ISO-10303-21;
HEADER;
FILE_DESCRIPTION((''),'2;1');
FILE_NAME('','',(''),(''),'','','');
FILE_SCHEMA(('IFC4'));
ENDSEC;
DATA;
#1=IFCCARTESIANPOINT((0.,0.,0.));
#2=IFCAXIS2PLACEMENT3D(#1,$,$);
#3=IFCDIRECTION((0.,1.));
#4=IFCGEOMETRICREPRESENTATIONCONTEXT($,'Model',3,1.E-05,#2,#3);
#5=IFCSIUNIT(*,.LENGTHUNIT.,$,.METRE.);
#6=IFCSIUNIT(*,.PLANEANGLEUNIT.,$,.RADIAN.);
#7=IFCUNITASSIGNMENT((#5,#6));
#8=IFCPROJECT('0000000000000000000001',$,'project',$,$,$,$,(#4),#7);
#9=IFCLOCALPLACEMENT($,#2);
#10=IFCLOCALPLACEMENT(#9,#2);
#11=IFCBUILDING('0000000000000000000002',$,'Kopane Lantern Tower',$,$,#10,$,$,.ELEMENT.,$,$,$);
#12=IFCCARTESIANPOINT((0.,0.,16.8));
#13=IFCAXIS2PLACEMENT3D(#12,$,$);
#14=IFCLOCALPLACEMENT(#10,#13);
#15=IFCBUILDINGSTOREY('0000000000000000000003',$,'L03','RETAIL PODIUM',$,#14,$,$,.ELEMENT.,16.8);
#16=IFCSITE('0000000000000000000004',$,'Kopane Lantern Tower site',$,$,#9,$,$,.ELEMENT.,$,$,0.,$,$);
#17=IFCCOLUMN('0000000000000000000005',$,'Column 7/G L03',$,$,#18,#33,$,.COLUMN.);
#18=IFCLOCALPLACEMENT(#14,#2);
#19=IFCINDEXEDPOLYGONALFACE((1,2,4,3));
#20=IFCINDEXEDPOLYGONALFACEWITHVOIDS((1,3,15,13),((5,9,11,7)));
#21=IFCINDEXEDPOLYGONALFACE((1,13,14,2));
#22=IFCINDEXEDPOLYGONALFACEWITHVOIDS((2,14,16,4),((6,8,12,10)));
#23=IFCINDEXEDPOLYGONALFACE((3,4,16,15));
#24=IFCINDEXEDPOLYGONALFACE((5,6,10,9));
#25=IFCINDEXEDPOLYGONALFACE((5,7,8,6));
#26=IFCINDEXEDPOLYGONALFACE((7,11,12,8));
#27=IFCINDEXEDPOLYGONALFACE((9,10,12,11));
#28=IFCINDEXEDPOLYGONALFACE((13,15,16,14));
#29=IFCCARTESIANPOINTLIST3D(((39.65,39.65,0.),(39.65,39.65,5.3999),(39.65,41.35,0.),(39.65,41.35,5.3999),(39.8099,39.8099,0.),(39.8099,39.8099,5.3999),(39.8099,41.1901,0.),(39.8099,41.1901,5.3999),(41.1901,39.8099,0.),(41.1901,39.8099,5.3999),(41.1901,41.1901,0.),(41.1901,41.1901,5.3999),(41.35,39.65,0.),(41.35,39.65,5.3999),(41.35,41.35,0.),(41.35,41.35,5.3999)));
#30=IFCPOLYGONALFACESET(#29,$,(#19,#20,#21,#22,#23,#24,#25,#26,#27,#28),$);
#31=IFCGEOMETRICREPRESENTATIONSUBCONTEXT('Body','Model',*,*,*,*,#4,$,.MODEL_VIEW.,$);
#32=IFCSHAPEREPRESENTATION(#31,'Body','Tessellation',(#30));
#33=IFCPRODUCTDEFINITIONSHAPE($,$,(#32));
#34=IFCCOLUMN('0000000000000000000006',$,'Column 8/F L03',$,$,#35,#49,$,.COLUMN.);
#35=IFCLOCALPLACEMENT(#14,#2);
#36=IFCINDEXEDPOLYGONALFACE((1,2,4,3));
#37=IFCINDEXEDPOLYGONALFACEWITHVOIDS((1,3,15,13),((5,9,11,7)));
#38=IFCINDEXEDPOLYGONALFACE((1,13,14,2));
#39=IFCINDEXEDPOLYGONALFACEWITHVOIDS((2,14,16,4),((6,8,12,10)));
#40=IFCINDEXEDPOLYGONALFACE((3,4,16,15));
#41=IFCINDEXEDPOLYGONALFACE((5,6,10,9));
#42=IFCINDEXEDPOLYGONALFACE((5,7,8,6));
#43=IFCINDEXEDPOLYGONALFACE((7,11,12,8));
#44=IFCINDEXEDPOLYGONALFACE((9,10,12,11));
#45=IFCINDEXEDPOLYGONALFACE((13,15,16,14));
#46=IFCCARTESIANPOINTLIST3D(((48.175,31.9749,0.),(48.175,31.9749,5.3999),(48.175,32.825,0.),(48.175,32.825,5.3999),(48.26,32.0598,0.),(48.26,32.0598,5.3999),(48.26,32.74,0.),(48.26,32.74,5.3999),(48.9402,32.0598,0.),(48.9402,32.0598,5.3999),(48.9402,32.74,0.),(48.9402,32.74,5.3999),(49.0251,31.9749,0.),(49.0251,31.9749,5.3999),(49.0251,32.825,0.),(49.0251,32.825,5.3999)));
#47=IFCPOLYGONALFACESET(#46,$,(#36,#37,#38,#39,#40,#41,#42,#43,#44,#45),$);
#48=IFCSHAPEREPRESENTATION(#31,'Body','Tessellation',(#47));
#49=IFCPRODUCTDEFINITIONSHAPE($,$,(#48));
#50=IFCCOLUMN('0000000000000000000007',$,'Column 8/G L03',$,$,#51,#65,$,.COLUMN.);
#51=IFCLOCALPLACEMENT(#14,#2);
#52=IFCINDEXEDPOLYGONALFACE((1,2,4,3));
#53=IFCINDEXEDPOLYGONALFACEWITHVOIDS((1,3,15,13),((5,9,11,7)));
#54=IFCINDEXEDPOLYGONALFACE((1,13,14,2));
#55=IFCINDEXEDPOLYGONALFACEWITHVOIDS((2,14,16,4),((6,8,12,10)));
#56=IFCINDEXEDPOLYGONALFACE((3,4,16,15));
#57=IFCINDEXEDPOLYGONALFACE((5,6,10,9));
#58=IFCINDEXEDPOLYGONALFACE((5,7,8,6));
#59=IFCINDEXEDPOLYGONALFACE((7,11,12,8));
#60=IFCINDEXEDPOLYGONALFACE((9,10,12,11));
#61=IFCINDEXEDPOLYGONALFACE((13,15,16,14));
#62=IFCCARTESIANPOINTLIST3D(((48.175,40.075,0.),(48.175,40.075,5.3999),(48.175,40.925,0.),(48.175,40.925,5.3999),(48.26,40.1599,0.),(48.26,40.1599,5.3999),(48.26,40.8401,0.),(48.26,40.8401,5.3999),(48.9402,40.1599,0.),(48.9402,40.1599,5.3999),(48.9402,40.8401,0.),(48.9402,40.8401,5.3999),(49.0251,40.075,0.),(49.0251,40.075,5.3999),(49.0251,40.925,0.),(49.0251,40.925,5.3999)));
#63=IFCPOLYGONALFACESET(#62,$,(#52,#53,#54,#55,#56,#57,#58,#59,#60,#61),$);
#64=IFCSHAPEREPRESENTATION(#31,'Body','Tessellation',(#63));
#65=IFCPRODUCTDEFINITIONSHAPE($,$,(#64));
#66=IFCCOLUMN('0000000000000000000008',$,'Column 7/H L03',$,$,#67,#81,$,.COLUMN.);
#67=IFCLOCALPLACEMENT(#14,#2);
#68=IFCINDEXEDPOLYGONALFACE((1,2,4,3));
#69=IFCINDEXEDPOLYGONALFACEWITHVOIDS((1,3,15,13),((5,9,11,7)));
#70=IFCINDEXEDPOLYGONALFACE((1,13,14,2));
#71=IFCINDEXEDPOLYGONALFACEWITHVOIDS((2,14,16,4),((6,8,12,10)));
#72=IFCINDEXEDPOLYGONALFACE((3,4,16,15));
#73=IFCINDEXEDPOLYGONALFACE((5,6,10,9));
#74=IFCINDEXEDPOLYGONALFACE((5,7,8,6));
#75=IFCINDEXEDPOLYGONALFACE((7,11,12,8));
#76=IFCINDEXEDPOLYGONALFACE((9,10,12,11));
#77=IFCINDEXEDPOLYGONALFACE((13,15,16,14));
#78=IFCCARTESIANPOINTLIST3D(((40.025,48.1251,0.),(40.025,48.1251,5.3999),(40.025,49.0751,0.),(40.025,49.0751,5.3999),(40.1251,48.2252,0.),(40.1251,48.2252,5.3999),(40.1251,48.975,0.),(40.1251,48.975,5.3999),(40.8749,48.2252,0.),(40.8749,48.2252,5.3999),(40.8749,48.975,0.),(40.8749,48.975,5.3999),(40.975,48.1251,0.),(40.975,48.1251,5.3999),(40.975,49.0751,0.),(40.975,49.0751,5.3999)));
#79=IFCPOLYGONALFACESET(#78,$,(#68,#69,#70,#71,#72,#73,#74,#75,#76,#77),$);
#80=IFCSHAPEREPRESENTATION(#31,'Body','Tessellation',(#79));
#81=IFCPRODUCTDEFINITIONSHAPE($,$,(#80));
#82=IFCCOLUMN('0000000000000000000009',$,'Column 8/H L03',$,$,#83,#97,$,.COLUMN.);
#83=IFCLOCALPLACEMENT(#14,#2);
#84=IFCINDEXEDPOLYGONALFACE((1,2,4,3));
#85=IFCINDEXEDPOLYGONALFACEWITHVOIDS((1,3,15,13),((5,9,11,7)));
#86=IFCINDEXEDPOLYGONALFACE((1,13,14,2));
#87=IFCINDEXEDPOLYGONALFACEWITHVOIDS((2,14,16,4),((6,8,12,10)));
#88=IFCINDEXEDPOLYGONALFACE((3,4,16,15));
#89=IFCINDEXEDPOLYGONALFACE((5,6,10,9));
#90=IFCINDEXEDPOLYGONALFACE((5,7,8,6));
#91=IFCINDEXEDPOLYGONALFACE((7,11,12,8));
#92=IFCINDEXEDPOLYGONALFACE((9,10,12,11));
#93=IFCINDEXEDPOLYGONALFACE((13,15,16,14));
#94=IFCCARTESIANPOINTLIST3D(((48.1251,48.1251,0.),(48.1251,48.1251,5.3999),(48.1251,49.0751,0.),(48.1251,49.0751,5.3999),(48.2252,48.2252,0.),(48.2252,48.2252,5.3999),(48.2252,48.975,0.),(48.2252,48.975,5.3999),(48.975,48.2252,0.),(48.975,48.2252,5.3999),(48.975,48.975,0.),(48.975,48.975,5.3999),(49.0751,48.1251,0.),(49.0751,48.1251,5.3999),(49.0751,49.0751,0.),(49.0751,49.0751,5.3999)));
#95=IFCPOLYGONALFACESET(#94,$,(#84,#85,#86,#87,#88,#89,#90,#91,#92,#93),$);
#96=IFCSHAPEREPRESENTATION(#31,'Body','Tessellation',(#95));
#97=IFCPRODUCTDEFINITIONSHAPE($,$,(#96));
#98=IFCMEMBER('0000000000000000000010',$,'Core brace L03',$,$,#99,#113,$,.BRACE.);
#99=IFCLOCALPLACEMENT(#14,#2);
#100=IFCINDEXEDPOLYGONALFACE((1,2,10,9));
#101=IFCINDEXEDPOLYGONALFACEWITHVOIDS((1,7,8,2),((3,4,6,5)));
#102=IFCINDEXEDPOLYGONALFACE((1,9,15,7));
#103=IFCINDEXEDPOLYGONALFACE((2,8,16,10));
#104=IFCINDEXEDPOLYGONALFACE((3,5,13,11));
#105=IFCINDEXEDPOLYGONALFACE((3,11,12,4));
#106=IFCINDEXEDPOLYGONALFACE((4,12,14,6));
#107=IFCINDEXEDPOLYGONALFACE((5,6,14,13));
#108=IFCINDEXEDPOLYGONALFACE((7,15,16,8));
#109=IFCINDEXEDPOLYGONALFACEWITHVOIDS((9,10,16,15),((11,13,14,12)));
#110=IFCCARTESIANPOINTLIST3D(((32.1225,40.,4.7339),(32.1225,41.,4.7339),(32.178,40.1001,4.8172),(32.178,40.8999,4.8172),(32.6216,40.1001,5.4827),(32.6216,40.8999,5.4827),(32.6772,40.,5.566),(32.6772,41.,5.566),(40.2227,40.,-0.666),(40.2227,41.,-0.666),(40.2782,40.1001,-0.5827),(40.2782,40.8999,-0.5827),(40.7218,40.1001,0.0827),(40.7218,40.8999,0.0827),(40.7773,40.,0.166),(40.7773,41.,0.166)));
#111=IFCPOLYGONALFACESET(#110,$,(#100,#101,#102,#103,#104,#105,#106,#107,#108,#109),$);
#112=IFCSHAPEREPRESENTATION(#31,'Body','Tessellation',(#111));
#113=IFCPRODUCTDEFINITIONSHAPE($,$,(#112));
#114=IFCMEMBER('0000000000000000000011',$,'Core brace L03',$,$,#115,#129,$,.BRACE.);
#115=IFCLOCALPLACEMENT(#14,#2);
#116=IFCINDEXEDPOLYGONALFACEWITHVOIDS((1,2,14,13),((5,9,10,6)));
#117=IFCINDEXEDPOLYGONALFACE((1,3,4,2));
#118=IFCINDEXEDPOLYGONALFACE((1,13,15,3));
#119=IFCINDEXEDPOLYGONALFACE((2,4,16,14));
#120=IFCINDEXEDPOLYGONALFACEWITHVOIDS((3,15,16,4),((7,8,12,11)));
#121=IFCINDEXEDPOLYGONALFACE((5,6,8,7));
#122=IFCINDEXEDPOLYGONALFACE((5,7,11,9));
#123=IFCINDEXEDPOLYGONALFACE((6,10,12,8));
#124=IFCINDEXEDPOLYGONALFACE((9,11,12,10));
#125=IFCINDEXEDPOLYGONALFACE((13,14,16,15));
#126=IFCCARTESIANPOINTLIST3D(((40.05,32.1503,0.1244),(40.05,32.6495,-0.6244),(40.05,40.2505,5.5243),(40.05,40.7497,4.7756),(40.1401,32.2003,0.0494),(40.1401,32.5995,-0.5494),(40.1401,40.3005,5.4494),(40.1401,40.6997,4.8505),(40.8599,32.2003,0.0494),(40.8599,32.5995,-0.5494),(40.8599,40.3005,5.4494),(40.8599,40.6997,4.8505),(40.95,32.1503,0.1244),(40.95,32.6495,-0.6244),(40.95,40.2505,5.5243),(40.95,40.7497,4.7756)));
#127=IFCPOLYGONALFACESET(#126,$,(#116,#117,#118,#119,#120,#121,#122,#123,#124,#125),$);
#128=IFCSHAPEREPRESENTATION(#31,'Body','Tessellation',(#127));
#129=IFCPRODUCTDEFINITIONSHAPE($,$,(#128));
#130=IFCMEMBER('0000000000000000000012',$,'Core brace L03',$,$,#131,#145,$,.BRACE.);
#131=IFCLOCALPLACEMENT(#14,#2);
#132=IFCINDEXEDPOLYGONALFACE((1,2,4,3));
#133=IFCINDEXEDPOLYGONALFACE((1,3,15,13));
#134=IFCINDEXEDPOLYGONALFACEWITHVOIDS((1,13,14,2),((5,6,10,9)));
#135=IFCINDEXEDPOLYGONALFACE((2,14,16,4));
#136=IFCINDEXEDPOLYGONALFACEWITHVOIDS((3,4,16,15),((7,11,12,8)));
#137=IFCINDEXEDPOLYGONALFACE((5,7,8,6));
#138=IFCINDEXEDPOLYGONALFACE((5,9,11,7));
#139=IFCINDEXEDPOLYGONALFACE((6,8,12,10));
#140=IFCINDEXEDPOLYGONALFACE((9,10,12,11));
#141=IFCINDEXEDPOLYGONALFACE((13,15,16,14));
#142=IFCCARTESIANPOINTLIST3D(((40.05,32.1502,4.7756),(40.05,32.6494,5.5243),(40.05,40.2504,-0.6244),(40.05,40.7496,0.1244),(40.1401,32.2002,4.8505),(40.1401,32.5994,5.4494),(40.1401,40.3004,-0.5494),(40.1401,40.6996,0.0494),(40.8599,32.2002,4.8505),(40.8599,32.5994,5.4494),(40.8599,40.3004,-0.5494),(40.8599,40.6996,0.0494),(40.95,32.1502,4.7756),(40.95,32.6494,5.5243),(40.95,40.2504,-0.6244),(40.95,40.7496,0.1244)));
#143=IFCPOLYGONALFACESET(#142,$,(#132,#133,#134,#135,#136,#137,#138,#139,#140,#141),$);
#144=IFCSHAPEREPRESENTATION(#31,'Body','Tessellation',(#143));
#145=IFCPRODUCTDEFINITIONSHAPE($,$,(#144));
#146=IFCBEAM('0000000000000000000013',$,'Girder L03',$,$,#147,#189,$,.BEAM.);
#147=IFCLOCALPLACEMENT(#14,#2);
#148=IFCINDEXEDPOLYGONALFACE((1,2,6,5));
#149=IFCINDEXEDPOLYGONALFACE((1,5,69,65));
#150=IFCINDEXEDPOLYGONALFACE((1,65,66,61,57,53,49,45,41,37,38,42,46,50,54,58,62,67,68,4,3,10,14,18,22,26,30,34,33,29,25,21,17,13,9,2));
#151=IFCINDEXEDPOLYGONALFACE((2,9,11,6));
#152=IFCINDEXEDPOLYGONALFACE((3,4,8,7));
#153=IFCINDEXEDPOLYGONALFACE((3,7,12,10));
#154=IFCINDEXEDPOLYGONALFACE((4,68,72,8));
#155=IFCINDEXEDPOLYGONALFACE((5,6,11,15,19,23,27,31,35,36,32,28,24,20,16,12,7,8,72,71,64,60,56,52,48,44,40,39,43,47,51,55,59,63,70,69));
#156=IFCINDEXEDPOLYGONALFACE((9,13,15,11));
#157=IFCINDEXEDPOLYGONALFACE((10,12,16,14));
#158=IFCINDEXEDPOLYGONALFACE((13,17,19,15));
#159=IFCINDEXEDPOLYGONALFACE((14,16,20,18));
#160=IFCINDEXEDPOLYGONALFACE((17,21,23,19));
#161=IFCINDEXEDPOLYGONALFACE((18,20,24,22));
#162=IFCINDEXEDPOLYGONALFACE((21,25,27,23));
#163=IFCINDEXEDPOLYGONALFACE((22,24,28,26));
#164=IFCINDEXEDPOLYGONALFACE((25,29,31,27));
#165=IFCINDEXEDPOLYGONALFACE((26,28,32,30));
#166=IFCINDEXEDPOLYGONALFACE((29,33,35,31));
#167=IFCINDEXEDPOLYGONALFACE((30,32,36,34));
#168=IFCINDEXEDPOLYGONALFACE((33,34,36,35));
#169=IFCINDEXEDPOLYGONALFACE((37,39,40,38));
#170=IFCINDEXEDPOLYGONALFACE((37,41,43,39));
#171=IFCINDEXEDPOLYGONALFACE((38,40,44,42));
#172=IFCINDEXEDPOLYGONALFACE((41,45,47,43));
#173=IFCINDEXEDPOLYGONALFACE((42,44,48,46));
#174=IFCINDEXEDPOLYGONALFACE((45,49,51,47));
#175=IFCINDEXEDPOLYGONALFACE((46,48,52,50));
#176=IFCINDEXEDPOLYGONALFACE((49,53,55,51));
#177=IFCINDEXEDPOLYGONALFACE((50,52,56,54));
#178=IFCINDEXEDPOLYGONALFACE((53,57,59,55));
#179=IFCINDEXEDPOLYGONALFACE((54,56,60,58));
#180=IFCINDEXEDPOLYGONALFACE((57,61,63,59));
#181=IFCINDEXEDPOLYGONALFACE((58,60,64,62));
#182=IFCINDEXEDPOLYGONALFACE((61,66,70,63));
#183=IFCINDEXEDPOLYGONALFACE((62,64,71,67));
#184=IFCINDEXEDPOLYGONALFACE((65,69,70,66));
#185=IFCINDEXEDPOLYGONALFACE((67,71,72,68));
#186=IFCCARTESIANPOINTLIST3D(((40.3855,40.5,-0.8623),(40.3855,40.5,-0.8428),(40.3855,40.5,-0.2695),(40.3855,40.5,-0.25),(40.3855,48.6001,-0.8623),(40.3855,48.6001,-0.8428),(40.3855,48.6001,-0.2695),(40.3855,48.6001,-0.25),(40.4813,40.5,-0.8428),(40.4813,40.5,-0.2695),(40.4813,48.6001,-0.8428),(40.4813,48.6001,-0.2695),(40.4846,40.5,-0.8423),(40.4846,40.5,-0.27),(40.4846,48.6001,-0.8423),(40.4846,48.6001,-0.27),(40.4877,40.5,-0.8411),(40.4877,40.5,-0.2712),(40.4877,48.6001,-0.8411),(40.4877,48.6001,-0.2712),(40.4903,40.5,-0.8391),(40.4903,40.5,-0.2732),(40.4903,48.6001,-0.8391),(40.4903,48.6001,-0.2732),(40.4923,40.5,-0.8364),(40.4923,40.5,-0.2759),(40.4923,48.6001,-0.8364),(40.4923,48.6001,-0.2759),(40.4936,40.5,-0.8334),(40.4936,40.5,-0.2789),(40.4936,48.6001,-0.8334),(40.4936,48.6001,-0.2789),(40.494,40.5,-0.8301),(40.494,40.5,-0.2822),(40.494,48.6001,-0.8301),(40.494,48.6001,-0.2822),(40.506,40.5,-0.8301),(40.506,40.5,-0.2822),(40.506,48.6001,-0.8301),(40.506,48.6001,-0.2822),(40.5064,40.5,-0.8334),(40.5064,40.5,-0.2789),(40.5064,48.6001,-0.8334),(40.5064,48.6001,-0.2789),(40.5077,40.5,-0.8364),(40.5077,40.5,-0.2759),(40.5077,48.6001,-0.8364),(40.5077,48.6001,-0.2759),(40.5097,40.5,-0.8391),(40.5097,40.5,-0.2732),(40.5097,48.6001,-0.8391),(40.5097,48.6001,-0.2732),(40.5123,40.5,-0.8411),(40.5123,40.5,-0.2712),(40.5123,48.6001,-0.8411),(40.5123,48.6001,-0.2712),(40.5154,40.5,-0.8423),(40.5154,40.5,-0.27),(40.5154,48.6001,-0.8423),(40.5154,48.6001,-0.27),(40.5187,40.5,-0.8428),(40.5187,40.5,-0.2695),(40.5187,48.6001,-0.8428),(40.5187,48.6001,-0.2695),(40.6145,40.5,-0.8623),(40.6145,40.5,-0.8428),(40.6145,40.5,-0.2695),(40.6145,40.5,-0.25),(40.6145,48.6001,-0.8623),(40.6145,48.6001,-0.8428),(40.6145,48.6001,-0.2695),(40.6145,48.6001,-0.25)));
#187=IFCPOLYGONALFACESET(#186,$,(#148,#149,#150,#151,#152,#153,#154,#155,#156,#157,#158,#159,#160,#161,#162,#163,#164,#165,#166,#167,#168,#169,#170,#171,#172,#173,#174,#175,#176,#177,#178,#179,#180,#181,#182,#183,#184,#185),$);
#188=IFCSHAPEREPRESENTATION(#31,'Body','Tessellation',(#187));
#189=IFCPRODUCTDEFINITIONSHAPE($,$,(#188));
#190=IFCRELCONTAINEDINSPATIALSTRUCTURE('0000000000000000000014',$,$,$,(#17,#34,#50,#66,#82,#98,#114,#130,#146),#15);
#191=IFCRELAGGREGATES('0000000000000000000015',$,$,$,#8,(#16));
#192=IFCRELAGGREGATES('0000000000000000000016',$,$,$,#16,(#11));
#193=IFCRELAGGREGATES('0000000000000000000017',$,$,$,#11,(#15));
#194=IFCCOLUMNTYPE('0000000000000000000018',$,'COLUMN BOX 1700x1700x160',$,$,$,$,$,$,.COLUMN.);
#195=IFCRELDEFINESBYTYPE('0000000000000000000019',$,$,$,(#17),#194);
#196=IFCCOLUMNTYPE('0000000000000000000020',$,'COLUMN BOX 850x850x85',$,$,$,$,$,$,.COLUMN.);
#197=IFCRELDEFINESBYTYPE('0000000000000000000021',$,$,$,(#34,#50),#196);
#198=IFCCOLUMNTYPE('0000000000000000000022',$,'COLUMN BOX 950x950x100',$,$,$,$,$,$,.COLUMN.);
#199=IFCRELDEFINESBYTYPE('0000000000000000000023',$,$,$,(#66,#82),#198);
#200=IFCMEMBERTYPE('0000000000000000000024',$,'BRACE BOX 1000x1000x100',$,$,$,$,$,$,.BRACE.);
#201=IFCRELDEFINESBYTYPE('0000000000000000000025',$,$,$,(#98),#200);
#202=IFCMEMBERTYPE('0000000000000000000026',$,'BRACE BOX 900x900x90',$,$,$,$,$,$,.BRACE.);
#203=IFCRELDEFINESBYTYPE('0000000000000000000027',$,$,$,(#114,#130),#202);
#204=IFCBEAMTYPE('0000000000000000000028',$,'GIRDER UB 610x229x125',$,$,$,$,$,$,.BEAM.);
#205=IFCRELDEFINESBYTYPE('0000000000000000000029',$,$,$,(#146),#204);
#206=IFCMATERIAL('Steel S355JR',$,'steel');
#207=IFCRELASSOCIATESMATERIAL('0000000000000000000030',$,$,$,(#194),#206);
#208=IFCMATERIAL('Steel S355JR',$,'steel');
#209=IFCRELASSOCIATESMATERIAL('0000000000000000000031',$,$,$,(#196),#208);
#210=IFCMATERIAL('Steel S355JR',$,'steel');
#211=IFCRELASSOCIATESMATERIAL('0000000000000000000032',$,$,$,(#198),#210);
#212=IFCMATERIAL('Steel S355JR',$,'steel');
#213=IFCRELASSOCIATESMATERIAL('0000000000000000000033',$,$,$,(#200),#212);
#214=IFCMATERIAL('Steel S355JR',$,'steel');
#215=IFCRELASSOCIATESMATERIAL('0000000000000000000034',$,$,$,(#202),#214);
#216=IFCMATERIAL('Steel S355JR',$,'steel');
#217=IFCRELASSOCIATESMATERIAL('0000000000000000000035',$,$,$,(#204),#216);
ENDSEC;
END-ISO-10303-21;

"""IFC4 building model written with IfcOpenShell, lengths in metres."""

from ifc_helpers import new_model, si_unit, direction, frame, origin, origin_2d, place, context, subcontext, project, spatial, hollow_rectangle, i_section, extrude, material, material_profile, profile_set, type_object, element, save


model = new_model("IFC4")

# Units and contexts
model_context = context("Model", 3, precision=1e-05, world=origin(), true_north=direction((0.0, 1.0)))
body_context = subcontext(model_context, "Body", "Model", "MODEL_VIEW")
ifc_project = project(units=[si_unit("LENGTHUNIT", "METRE"), si_unit("PLANEANGLEUNIT", "RADIAN")], contexts=[model_context])

# Site, building, storey
site_placement = place(None, origin())
site = spatial("IfcSite", under=ifc_project, at=site_placement, Name="Kopane Lantern Tower site", CompositionType="ELEMENT", RefElevation=0.0)
building_placement = place(site_placement, origin())
building = spatial("IfcBuilding", under=site, at=building_placement, Name="Kopane Lantern Tower", CompositionType="ELEMENT")
storey_placement = place(building_placement, frame((0.0, 0.0, 16.8)))
storey = spatial("IfcBuildingStorey", under=building, at=storey_placement, Name="L03", Description="RETAIL PODIUM", CompositionType="ELEMENT", Elevation=16.8)

# Columns
ifc_material_1 = material(Name="Steel S355JR", Category="steel")
ifc_material_profile_1 = material_profile(ifc_material_1, hollow_rectangle(XDim=1.7, YDim=1.7, WallThickness=0.1599, at=origin_2d()), Name="BOX 1700x1700x160")
ifc_profile_set_1 = profile_set([ifc_material_profile_1], Name="Steel S355JR")
column_type_1 = type_object("IfcColumnType", Name="COLUMN BOX 1700x1700x160", PredefinedType="COLUMN", material=ifc_profile_set_1)
column_placement = place(storey_placement, frame((40.5, 40.5, 0.0), z_axis=(0.0, 0.0, 1.0), x_axis=(1.0, 0.0, 0.0)))
element("IfcColumn", 1, at=column_placement, inside=storey, type_object=column_type_1, Name="Column 7/G L03", PredefinedType="COLUMN", context=body_context, shape_type="SweptSolid", body=[
    extrude(hollow_rectangle(XDim=1.7, YDim=1.7, WallThickness=0.1599, at=origin_2d()), origin(), (0.0, 0.0, 1.0), 5.3999),
])
ifc_material_2 = material(Name="Steel S355JR", Category="steel")
ifc_material_profile_2 = material_profile(ifc_material_2, hollow_rectangle(XDim=0.8501, YDim=0.8501, WallThickness=0.085, at=origin_2d()), Name="BOX 850x850x85")
ifc_profile_set_2 = profile_set([ifc_material_profile_2], Name="Steel S355JR")
column_type_2 = type_object("IfcColumnType", Name="COLUMN BOX 850x850x85", PredefinedType="COLUMN", material=ifc_profile_set_2)
for number, where, z_axis, x_axis, name in (
    (2, (48.6001, 32.3999, 0.0), (0.0, 0.0, 1.0), (1.0, 0.0, 0.0), "Column 8/F L03"),
    (3, (48.6001, 40.5, 0.0), (0.0, 0.0, 1.0), (1.0, 0.0, 0.0), "Column 8/G L03"),
):
    element("IfcColumn", number, at=place(storey_placement, frame(where, z_axis=z_axis, x_axis=x_axis)), inside=storey, type_object=column_type_2, Name=name, PredefinedType="COLUMN", context=body_context, shape_type="SweptSolid", body=[
        extrude(hollow_rectangle(XDim=0.8501, YDim=0.8501, WallThickness=0.085, at=origin_2d()), origin(), (0.0, 0.0, 1.0), 5.3999),
    ])
ifc_material_3 = material(Name="Steel S355JR", Category="steel")
ifc_material_profile_3 = material_profile(ifc_material_3, hollow_rectangle(XDim=0.95, YDim=0.95, WallThickness=0.1001, at=origin_2d()), Name="BOX 950x950x100")
ifc_profile_set_3 = profile_set([ifc_material_profile_3], Name="Steel S355JR")
column_type_3 = type_object("IfcColumnType", Name="COLUMN BOX 950x950x100", PredefinedType="COLUMN", material=ifc_profile_set_3)
for number, where, z_axis, x_axis, name in (
    (4, (40.5, 48.6001, 0.0), (0.0, 0.0, 1.0), (1.0, 0.0, 0.0), "Column 7/H L03"),
    (5, (48.6001, 48.6001, 0.0), (0.0, 0.0, 1.0), (1.0, 0.0, 0.0), "Column 8/H L03"),
):
    element("IfcColumn", number, at=place(storey_placement, frame(where, z_axis=z_axis, x_axis=x_axis)), inside=storey, type_object=column_type_3, Name=name, PredefinedType="COLUMN", context=body_context, shape_type="SweptSolid", body=[
        extrude(hollow_rectangle(XDim=0.95, YDim=0.95, WallThickness=0.1001, at=origin_2d()), origin(), (0.0, 0.0, 1.0), 5.3999),
    ])

# Members
ifc_material_4 = material(Name="Steel S355JR", Category="steel")
ifc_material_profile_4 = material_profile(ifc_material_4, hollow_rectangle(XDim=1.0, YDim=1.0, WallThickness=0.1001, at=origin_2d()), Name="BOX 1000x1000x100")
ifc_profile_set_4 = profile_set([ifc_material_profile_4], Name="Steel S355JR")
member_type_1 = type_object("IfcMemberType", Name="BRACE BOX 1000x1000x100", PredefinedType="BRACE", material=ifc_profile_set_4)
member_placement = place(storey_placement, frame((40.5, 40.5, -0.25), z_axis=(-0.832058, 0.0, 0.554689), x_axis=(0.0, -1.0, 0.0)))
element("IfcMember", 6, at=member_placement, inside=storey, type_object=member_type_1, Name="Core brace L03", PredefinedType="BRACE", context=body_context, shape_type="SweptSolid", body=[
    extrude(hollow_rectangle(XDim=1.0, YDim=1.0, WallThickness=0.1001, at=origin_2d()), origin(), (0.0, 0.0, 1.0), 9.7351),
])
ifc_material_5 = material(Name="Steel S355JR", Category="steel")
ifc_material_profile_5 = material_profile(ifc_material_5, hollow_rectangle(XDim=0.8999, YDim=0.8999, WallThickness=0.0901, at=origin_2d()), Name="BOX 900x900x90")
ifc_profile_set_5 = profile_set([ifc_material_profile_5], Name="Steel S355JR")
member_type_2 = type_object("IfcMemberType", Name="BRACE BOX 900x900x90", PredefinedType="BRACE", material=ifc_profile_set_5)
for number, where, z_axis, x_axis, name in (
    (7, (40.5, 32.3999, -0.25), (0.0, 0.832058, 0.554689), (-1.0, 0.0, 0.0), "Core brace L03"),
    (8, (40.5, 40.5, -0.25), (0.0, -0.832058, 0.554689), (1.0, 0.0, 0.0), "Core brace L03"),
):
    element("IfcMember", number, at=place(storey_placement, frame(where, z_axis=z_axis, x_axis=x_axis)), inside=storey, type_object=member_type_2, Name=name, PredefinedType="BRACE", context=body_context, shape_type="SweptSolid", body=[
        extrude(hollow_rectangle(XDim=0.8999, YDim=0.8999, WallThickness=0.0901, at=origin_2d()), origin(), (0.0, 0.0, 1.0), 9.7351),
    ])

# Beam
ifc_material_6 = material(Name="Steel S355JR", Category="steel")
ifc_material_profile_6 = material_profile(ifc_material_6, i_section(OverallWidth=0.229, OverallDepth=0.6123, WebThickness=0.012, FlangeThickness=0.0195, FilletRadius=0.0127, at=origin_2d()), Name="UB 610x229x125")
ifc_profile_set_6 = profile_set([ifc_material_profile_6], Name="Steel S355JR")
beam_type = type_object("IfcBeamType", Name="GIRDER UB 610x229x125", PredefinedType="BEAM", material=ifc_profile_set_6)
for number, where, z_axis, x_axis, name in (
    (9, (40.5, 40.5, -0.5562), (0.0, 1.0, 0.0), (-1.0, 0.0, 0.0), "Girder L03"),
):
    element("IfcBeam", number, at=place(storey_placement, frame(where, z_axis=z_axis, x_axis=x_axis)), inside=storey, type_object=beam_type, Name=name, PredefinedType="BEAM", context=body_context, shape_type="SweptSolid", body=[
        extrude(i_section(OverallWidth=0.229, OverallDepth=0.6123, WebThickness=0.012, FlangeThickness=0.0195, FilletRadius=0.0127, at=origin_2d()), origin(), (0.0, 0.0, 1.0), 8.1001),
    ])

save(model, "model.ifc")
